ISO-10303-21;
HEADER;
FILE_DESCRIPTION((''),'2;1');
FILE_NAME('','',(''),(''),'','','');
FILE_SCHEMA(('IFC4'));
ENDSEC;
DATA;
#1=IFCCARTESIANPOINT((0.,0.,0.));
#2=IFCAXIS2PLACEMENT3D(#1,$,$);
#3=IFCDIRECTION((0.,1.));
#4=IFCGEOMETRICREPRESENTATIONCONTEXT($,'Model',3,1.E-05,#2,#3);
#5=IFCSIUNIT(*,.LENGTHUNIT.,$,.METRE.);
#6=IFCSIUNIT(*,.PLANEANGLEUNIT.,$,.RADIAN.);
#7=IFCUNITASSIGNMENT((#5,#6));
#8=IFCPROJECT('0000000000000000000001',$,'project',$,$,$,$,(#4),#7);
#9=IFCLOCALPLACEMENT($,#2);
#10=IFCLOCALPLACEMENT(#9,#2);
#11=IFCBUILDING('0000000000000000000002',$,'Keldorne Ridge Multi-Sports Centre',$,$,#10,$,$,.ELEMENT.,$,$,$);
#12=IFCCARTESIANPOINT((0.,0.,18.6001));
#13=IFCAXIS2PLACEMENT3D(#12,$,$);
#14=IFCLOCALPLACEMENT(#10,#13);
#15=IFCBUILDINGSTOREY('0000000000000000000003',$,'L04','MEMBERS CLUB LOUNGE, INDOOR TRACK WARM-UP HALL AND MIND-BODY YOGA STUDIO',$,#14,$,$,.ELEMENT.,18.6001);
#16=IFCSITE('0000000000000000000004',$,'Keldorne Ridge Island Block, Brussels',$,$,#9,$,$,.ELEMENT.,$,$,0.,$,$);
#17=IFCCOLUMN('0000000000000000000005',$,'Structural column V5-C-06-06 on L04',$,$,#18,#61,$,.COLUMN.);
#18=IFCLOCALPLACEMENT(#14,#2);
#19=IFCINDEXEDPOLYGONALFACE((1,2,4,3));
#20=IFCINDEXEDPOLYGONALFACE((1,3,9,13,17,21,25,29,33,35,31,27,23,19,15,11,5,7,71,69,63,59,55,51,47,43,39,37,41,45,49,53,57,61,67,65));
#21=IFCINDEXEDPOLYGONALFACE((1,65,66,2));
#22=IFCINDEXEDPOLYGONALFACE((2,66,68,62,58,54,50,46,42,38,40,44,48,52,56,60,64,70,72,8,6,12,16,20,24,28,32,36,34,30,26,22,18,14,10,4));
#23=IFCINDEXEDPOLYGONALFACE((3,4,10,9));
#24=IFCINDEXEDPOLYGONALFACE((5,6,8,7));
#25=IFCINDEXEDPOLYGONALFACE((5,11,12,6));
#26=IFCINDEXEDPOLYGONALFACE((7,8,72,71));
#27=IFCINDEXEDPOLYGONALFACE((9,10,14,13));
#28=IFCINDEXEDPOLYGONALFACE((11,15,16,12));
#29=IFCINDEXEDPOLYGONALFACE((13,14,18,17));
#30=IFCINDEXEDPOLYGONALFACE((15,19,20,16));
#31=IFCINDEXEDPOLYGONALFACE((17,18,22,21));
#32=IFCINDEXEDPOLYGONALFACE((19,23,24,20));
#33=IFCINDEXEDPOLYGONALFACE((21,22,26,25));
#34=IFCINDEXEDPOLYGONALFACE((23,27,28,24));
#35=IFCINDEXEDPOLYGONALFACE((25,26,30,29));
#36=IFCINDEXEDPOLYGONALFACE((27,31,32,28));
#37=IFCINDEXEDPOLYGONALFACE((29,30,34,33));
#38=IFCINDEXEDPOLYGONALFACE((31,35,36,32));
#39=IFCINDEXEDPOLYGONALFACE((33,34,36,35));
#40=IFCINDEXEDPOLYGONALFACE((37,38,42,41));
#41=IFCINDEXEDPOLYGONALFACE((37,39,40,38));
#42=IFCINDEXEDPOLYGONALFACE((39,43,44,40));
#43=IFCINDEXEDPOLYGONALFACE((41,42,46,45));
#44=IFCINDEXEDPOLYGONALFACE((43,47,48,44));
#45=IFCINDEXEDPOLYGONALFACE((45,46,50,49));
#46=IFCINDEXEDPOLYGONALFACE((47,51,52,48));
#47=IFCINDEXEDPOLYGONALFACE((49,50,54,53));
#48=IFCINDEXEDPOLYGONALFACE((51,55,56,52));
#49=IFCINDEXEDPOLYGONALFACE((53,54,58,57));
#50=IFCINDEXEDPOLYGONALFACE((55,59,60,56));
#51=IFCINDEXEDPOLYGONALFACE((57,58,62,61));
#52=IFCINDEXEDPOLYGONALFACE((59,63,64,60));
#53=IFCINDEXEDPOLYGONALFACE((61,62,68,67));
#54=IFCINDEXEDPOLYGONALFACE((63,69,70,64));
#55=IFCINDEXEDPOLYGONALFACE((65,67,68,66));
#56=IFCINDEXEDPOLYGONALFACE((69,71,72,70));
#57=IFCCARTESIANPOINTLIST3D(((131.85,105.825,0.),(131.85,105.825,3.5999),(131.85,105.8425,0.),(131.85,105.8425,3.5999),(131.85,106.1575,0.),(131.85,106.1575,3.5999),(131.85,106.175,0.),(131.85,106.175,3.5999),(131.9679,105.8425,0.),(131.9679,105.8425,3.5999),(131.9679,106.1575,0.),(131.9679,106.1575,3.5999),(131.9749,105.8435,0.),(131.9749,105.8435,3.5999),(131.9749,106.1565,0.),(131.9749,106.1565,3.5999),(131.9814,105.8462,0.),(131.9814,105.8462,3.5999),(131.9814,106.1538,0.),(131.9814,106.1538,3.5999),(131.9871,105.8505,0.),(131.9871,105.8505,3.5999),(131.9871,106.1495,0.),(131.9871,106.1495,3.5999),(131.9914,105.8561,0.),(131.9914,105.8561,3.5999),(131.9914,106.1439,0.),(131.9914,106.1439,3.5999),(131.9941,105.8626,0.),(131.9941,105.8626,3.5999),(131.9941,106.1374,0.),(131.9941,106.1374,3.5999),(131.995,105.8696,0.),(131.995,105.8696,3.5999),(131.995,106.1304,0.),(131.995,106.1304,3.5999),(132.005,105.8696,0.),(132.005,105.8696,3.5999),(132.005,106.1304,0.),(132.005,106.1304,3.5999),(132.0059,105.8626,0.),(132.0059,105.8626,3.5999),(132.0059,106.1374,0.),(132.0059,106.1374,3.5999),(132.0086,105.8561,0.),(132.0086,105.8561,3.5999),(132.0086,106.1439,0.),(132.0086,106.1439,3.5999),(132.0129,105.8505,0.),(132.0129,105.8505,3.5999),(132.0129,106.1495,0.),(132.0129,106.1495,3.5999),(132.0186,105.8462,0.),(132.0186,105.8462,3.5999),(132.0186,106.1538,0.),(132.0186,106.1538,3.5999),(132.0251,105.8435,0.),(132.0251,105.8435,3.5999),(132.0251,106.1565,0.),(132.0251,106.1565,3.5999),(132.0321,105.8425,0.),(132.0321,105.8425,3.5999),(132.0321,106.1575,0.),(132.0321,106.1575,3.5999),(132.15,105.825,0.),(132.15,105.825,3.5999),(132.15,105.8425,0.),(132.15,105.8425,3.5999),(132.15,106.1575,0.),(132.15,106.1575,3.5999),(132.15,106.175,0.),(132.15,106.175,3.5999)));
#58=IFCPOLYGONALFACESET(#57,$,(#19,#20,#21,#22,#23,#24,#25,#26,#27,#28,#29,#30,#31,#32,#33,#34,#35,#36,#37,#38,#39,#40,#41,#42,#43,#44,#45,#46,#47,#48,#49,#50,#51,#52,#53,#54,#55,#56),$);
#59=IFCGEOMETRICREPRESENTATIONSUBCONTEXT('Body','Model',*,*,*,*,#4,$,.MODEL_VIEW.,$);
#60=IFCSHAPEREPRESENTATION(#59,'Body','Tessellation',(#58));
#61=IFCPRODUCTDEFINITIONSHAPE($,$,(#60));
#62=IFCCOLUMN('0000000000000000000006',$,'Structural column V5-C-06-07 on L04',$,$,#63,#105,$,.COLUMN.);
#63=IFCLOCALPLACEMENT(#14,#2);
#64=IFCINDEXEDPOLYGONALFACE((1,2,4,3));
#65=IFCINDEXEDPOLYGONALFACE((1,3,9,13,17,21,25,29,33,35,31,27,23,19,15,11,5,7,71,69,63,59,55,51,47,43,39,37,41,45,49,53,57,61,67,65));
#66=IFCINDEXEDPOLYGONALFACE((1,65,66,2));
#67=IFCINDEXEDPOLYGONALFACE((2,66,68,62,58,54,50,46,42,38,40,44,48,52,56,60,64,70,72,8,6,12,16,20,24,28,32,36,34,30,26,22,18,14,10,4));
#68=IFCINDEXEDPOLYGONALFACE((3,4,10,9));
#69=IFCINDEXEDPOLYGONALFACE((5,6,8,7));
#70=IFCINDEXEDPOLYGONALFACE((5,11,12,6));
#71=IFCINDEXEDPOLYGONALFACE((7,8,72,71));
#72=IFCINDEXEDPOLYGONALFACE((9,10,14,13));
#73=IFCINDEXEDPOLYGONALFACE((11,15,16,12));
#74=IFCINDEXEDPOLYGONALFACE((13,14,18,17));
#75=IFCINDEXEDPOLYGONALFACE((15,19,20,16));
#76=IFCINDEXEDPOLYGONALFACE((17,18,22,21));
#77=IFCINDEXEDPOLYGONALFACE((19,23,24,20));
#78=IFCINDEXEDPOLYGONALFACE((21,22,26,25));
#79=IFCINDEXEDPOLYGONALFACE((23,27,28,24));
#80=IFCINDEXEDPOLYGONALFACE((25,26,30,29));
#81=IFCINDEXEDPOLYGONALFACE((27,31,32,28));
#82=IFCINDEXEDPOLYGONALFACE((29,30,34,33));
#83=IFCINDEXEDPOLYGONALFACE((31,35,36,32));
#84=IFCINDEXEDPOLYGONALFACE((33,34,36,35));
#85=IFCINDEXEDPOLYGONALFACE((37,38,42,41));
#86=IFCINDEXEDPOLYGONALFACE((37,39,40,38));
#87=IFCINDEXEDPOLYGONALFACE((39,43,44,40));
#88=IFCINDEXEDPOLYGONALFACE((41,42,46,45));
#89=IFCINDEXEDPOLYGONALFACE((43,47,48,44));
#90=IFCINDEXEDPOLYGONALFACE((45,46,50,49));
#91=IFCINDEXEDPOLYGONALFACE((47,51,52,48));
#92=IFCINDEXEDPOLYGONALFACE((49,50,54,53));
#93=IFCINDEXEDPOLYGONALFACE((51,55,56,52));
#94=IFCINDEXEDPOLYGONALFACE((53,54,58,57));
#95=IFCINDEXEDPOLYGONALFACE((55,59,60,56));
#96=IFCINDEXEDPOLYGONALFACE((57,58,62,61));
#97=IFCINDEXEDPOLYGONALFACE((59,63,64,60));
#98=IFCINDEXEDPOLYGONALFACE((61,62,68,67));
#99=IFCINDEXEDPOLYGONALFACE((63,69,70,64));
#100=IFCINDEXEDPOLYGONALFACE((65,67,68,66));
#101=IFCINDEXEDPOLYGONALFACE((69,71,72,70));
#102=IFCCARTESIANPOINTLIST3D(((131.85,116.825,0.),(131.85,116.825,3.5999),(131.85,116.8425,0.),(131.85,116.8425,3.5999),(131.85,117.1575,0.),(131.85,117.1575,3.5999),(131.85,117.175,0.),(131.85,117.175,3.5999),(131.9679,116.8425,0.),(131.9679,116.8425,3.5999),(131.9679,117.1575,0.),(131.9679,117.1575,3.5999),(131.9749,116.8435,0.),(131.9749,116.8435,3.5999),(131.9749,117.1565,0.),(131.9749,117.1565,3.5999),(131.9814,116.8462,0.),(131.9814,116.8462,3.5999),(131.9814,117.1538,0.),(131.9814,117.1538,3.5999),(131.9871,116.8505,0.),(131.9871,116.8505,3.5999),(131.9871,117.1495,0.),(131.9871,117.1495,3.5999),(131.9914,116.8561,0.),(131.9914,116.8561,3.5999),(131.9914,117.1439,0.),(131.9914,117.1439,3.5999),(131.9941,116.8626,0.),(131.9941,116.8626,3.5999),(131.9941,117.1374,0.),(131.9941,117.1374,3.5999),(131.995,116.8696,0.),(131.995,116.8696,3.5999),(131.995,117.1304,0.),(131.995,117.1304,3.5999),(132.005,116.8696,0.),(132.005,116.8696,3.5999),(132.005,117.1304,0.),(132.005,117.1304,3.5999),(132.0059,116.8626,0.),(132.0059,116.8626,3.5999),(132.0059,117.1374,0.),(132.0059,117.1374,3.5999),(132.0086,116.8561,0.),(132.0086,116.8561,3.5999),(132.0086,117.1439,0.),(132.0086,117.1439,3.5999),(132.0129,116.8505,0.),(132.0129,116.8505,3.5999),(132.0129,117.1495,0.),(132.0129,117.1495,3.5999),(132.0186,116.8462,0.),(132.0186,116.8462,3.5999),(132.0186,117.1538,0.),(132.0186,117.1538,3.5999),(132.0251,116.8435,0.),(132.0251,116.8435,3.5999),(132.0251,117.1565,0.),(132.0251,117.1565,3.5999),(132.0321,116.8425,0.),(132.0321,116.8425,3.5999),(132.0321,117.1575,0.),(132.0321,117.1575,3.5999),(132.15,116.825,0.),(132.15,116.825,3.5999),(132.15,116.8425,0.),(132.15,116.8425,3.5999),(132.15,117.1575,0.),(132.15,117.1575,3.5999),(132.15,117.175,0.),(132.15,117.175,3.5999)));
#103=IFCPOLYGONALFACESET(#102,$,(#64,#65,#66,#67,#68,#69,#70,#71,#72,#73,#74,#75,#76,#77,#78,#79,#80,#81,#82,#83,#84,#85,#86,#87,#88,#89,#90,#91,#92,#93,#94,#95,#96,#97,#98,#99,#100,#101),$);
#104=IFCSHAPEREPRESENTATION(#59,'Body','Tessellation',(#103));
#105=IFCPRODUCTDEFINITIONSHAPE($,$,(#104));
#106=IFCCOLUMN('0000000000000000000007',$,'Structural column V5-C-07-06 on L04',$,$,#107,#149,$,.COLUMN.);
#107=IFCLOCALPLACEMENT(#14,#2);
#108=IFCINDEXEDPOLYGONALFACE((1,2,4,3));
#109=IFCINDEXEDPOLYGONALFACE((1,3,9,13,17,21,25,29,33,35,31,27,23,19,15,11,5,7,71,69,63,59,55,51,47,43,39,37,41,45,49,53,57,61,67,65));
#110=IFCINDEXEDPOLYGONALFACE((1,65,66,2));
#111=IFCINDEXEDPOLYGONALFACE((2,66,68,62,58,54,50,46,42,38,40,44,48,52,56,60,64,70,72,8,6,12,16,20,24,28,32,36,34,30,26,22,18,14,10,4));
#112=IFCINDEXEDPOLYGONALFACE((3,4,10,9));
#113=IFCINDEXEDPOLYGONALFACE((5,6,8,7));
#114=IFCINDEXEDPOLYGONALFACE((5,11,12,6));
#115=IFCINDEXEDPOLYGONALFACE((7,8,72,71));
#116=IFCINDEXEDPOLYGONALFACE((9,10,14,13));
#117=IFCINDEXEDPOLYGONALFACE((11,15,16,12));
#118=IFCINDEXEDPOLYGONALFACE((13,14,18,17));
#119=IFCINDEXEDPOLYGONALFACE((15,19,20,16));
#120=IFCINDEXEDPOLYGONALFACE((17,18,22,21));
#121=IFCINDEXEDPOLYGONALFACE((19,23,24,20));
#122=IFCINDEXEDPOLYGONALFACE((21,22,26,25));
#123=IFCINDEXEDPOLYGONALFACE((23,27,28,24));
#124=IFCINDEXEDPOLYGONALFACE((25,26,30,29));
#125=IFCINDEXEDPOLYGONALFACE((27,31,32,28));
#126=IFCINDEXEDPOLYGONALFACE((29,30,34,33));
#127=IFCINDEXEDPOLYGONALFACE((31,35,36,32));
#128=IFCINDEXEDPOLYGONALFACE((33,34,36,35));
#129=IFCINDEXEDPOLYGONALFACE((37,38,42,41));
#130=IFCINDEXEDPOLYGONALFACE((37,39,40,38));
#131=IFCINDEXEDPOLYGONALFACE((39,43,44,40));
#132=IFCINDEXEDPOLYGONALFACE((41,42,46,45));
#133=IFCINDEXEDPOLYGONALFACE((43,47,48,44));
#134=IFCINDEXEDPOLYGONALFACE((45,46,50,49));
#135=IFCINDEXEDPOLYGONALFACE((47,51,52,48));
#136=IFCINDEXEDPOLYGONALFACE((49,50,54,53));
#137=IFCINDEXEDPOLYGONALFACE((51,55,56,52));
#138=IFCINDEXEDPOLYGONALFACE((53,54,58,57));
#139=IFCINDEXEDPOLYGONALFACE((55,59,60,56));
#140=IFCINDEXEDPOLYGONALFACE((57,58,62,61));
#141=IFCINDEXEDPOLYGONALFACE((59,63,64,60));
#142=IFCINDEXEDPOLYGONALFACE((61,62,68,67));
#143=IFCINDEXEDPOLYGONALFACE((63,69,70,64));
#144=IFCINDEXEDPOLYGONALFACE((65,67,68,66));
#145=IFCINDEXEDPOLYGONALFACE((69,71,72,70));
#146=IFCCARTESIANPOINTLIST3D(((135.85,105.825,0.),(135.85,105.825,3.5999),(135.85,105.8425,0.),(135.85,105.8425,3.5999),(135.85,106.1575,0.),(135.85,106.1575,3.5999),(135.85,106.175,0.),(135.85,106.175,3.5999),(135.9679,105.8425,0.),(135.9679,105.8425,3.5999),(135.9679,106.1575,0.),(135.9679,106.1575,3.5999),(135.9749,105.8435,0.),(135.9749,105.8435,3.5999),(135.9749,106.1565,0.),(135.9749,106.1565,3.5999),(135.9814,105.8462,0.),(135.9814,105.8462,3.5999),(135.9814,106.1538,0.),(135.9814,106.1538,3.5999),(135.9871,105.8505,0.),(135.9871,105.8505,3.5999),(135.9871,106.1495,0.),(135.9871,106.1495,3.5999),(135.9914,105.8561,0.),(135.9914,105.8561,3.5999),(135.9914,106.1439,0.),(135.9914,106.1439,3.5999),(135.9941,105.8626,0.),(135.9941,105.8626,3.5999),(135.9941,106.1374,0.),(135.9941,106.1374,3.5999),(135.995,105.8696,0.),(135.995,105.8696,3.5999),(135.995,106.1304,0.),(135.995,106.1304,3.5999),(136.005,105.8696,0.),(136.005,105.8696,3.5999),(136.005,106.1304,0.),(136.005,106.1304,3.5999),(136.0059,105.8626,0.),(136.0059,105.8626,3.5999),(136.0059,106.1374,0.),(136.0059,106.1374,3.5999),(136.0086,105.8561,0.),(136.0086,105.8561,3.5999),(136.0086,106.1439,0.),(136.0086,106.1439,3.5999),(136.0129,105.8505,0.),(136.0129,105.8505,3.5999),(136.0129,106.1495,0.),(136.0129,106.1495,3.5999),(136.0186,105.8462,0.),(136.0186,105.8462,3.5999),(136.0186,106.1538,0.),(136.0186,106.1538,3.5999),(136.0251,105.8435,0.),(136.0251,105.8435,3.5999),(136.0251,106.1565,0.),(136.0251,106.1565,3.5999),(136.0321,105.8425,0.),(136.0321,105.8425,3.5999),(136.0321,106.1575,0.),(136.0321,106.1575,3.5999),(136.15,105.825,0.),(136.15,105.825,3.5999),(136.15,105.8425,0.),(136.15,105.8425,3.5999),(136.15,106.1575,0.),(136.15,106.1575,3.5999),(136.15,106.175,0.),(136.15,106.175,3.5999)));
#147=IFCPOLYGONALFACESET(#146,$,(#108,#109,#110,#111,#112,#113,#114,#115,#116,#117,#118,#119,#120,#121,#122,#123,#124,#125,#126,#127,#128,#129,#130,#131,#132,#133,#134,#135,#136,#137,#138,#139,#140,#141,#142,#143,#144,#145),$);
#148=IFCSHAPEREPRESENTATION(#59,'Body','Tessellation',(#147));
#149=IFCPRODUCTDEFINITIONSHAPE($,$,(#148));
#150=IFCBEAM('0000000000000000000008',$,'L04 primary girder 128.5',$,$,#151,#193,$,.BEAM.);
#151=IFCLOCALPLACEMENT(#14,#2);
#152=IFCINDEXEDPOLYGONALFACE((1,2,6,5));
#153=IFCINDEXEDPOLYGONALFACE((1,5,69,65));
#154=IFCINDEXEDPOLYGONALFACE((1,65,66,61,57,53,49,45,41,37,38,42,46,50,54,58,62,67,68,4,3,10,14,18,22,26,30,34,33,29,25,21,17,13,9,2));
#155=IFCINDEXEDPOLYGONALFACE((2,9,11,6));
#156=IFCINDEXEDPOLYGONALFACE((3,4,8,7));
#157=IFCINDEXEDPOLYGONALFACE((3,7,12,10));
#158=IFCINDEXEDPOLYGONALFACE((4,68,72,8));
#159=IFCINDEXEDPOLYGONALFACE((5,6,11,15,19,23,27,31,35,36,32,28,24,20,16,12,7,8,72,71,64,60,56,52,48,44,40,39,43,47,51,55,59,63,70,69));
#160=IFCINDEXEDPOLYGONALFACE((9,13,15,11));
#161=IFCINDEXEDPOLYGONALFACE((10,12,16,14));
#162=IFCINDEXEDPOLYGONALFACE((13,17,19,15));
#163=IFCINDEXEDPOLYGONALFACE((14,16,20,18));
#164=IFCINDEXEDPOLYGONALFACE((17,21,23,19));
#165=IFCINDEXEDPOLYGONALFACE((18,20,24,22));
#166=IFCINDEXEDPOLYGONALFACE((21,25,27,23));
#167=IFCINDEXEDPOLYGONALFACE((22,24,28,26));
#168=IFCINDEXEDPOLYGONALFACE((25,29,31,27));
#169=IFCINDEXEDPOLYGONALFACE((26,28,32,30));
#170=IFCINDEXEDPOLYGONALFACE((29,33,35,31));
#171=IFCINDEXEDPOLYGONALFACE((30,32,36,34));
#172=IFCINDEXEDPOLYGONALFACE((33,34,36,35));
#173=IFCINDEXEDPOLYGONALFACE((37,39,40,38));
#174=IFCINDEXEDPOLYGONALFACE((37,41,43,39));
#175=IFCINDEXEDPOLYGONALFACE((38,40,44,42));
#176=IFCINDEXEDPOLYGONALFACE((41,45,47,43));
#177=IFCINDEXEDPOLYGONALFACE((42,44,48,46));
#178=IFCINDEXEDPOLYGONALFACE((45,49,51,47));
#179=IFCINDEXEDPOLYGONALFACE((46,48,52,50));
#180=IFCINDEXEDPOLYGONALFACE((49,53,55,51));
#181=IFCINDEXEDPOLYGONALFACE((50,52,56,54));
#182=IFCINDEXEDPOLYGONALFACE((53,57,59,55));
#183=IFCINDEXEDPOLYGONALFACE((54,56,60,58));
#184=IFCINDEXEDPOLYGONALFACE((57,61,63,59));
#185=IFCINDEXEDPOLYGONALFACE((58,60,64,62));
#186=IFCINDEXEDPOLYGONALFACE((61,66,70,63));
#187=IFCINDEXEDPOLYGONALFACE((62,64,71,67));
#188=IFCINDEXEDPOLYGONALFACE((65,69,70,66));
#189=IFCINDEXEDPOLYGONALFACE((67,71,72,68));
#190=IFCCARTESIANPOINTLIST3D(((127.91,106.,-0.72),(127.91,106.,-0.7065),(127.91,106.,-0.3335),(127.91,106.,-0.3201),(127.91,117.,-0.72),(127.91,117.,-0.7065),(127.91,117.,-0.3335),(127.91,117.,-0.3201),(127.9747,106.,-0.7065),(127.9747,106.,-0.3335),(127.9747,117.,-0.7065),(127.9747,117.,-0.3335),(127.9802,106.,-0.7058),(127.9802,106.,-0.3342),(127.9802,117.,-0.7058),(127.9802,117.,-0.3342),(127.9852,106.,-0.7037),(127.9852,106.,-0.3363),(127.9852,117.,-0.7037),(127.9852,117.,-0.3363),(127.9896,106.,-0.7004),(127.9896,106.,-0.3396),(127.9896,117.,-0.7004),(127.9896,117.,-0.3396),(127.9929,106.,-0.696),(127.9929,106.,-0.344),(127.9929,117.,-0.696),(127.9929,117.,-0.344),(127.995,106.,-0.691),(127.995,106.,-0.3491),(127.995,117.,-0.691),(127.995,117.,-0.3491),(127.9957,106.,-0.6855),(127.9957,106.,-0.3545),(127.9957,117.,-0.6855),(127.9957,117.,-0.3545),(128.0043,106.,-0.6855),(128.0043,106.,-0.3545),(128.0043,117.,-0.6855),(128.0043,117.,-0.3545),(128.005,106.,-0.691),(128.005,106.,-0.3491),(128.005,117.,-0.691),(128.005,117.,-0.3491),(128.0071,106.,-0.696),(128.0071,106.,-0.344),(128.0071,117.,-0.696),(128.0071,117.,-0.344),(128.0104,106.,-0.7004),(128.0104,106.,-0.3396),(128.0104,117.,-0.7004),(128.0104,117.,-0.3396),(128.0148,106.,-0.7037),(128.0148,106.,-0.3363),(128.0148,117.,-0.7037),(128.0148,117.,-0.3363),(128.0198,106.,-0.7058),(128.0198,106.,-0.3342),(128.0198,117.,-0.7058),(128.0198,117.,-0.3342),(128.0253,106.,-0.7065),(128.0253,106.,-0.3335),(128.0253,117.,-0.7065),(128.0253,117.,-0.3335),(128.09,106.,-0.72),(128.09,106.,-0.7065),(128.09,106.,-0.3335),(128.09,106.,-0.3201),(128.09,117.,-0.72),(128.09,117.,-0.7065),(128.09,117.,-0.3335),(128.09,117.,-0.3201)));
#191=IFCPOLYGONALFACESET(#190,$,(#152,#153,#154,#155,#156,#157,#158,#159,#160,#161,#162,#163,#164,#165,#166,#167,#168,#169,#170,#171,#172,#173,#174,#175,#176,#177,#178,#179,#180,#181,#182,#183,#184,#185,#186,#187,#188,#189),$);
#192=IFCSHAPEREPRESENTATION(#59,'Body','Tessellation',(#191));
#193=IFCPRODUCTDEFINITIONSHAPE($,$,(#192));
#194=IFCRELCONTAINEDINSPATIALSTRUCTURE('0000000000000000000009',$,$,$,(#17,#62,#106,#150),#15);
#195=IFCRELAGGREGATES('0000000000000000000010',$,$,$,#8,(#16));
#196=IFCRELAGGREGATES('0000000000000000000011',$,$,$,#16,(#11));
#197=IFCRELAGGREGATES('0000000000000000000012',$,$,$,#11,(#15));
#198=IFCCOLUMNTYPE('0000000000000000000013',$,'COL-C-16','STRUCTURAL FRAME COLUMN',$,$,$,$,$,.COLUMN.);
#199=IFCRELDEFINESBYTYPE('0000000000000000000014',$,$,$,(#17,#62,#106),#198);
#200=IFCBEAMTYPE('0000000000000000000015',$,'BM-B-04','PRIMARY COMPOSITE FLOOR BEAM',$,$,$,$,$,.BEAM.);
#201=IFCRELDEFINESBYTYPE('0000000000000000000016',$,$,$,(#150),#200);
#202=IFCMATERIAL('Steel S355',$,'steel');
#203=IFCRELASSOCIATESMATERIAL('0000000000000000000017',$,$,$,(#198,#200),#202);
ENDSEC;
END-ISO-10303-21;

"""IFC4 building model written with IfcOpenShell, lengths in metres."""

from ifc_helpers import new_model, si_unit, direction, frame, origin, origin_2d, place, context, subcontext, project, spatial, i_section, extrude, material, material_profile, profile_set, type_object, element, save


model = new_model("IFC4")

# Units and contexts
model_context = context("Model", 3, precision=1e-05, world=origin(), true_north=direction((0.0, 1.0)))
body_context = subcontext(model_context, "Body", "Model", "MODEL_VIEW")
ifc_project = project(units=[si_unit("LENGTHUNIT", "METRE"), si_unit("PLANEANGLEUNIT", "RADIAN")], contexts=[model_context])

# Site, building, storey
site_placement = place(None, origin())
site = spatial("IfcSite", under=ifc_project, at=site_placement, Name="Keldorne Ridge Island Block, Brussels", CompositionType="ELEMENT", RefElevation=0.0)
building_placement = place(site_placement, origin())
building = spatial("IfcBuilding", under=site, at=building_placement, Name="Keldorne Ridge Multi-Sports Centre", CompositionType="ELEMENT")
storey_placement = place(building_placement, frame((0.0, 0.0, 18.6001)))
storey = spatial("IfcBuildingStorey", under=building, at=storey_placement, Name="L04", Description="MEMBERS CLUB LOUNGE, INDOOR TRACK WARM-UP HALL AND MIND-BODY YOGA STUDIO", CompositionType="ELEMENT", Elevation=18.6001)

# Columns
ifc_material_1 = material(Name="Steel S355", Category="steel")
ifc_material_profile_1 = material_profile(ifc_material_1, i_section(OverallWidth=0.3, OverallDepth=0.3501, WebThickness=0.01, FlangeThickness=0.0176, FilletRadius=0.0271, at=origin_2d()), Name="HEA 360")
ifc_profile_set_1 = profile_set([ifc_material_profile_1], Name="Steel S355")
column_type = type_object("IfcColumnType", Name="COL-C-16", Description="STRUCTURAL FRAME COLUMN", PredefinedType="COLUMN", material=ifc_profile_set_1)
for number, where, z_axis, x_axis, name in (
    (1, (132.0, 106.0, 0.0), (0.0, 0.0, 1.0), (1.0, 0.0, 0.0), "Structural column V5-C-06-06 on L04"),
    (2, (132.0, 117.0, 0.0), (0.0, 0.0, 1.0), (1.0, 0.0, 0.0), "Structural column V5-C-06-07 on L04"),
    (3, (136.0, 106.0, 0.0), (0.0, 0.0, 1.0), (1.0, 0.0, 0.0), "Structural column V5-C-07-06 on L04"),
):
    element("IfcColumn", number, at=place(storey_placement, frame(where, z_axis=z_axis, x_axis=x_axis)), inside=storey, type_object=column_type, Name=name, PredefinedType="COLUMN", context=body_context, shape_type="SweptSolid", body=[
        extrude(i_section(OverallWidth=0.3, OverallDepth=0.3501, WebThickness=0.01, FlangeThickness=0.0176, FilletRadius=0.0271, at=origin_2d()), origin(), (0.0, 0.0, 1.0), 3.5999),
    ])

# Beam
ifc_material_profile_2 = material_profile(ifc_material_1, i_section(OverallWidth=0.1799, OverallDepth=0.3999, WebThickness=0.0085, FlangeThickness=0.0134, FilletRadius=0.021, at=origin_2d()), Name="IPE 400")
ifc_profile_set_2 = profile_set([ifc_material_profile_2], Name="Steel S355")
beam_type_1 = type_object("IfcBeamType", Name="BM-B-04", Description="PRIMARY COMPOSITE FLOOR BEAM", PredefinedType="BEAM", material=ifc_profile_set_2)
for number, where, z_axis, x_axis, name in (
    (4, (128.0, 106.0, -0.52), (0.0, 1.0, 0.0), (-1.0, 0.0, 0.0), "L04 primary girder 128.5"),
):
    element("IfcBeam", number, at=place(storey_placement, frame(where, z_axis=z_axis, x_axis=x_axis)), inside=storey, type_object=beam_type_1, Name=name, PredefinedType="BEAM", context=body_context, shape_type="SweptSolid", body=[
        extrude(i_section(OverallWidth=0.1799, OverallDepth=0.3999, WebThickness=0.0085, FlangeThickness=0.0134, FilletRadius=0.021, at=origin_2d()), origin(), (0.0, 0.0, 1.0), 11.0),
    ])

save(model, "model.ifc")
